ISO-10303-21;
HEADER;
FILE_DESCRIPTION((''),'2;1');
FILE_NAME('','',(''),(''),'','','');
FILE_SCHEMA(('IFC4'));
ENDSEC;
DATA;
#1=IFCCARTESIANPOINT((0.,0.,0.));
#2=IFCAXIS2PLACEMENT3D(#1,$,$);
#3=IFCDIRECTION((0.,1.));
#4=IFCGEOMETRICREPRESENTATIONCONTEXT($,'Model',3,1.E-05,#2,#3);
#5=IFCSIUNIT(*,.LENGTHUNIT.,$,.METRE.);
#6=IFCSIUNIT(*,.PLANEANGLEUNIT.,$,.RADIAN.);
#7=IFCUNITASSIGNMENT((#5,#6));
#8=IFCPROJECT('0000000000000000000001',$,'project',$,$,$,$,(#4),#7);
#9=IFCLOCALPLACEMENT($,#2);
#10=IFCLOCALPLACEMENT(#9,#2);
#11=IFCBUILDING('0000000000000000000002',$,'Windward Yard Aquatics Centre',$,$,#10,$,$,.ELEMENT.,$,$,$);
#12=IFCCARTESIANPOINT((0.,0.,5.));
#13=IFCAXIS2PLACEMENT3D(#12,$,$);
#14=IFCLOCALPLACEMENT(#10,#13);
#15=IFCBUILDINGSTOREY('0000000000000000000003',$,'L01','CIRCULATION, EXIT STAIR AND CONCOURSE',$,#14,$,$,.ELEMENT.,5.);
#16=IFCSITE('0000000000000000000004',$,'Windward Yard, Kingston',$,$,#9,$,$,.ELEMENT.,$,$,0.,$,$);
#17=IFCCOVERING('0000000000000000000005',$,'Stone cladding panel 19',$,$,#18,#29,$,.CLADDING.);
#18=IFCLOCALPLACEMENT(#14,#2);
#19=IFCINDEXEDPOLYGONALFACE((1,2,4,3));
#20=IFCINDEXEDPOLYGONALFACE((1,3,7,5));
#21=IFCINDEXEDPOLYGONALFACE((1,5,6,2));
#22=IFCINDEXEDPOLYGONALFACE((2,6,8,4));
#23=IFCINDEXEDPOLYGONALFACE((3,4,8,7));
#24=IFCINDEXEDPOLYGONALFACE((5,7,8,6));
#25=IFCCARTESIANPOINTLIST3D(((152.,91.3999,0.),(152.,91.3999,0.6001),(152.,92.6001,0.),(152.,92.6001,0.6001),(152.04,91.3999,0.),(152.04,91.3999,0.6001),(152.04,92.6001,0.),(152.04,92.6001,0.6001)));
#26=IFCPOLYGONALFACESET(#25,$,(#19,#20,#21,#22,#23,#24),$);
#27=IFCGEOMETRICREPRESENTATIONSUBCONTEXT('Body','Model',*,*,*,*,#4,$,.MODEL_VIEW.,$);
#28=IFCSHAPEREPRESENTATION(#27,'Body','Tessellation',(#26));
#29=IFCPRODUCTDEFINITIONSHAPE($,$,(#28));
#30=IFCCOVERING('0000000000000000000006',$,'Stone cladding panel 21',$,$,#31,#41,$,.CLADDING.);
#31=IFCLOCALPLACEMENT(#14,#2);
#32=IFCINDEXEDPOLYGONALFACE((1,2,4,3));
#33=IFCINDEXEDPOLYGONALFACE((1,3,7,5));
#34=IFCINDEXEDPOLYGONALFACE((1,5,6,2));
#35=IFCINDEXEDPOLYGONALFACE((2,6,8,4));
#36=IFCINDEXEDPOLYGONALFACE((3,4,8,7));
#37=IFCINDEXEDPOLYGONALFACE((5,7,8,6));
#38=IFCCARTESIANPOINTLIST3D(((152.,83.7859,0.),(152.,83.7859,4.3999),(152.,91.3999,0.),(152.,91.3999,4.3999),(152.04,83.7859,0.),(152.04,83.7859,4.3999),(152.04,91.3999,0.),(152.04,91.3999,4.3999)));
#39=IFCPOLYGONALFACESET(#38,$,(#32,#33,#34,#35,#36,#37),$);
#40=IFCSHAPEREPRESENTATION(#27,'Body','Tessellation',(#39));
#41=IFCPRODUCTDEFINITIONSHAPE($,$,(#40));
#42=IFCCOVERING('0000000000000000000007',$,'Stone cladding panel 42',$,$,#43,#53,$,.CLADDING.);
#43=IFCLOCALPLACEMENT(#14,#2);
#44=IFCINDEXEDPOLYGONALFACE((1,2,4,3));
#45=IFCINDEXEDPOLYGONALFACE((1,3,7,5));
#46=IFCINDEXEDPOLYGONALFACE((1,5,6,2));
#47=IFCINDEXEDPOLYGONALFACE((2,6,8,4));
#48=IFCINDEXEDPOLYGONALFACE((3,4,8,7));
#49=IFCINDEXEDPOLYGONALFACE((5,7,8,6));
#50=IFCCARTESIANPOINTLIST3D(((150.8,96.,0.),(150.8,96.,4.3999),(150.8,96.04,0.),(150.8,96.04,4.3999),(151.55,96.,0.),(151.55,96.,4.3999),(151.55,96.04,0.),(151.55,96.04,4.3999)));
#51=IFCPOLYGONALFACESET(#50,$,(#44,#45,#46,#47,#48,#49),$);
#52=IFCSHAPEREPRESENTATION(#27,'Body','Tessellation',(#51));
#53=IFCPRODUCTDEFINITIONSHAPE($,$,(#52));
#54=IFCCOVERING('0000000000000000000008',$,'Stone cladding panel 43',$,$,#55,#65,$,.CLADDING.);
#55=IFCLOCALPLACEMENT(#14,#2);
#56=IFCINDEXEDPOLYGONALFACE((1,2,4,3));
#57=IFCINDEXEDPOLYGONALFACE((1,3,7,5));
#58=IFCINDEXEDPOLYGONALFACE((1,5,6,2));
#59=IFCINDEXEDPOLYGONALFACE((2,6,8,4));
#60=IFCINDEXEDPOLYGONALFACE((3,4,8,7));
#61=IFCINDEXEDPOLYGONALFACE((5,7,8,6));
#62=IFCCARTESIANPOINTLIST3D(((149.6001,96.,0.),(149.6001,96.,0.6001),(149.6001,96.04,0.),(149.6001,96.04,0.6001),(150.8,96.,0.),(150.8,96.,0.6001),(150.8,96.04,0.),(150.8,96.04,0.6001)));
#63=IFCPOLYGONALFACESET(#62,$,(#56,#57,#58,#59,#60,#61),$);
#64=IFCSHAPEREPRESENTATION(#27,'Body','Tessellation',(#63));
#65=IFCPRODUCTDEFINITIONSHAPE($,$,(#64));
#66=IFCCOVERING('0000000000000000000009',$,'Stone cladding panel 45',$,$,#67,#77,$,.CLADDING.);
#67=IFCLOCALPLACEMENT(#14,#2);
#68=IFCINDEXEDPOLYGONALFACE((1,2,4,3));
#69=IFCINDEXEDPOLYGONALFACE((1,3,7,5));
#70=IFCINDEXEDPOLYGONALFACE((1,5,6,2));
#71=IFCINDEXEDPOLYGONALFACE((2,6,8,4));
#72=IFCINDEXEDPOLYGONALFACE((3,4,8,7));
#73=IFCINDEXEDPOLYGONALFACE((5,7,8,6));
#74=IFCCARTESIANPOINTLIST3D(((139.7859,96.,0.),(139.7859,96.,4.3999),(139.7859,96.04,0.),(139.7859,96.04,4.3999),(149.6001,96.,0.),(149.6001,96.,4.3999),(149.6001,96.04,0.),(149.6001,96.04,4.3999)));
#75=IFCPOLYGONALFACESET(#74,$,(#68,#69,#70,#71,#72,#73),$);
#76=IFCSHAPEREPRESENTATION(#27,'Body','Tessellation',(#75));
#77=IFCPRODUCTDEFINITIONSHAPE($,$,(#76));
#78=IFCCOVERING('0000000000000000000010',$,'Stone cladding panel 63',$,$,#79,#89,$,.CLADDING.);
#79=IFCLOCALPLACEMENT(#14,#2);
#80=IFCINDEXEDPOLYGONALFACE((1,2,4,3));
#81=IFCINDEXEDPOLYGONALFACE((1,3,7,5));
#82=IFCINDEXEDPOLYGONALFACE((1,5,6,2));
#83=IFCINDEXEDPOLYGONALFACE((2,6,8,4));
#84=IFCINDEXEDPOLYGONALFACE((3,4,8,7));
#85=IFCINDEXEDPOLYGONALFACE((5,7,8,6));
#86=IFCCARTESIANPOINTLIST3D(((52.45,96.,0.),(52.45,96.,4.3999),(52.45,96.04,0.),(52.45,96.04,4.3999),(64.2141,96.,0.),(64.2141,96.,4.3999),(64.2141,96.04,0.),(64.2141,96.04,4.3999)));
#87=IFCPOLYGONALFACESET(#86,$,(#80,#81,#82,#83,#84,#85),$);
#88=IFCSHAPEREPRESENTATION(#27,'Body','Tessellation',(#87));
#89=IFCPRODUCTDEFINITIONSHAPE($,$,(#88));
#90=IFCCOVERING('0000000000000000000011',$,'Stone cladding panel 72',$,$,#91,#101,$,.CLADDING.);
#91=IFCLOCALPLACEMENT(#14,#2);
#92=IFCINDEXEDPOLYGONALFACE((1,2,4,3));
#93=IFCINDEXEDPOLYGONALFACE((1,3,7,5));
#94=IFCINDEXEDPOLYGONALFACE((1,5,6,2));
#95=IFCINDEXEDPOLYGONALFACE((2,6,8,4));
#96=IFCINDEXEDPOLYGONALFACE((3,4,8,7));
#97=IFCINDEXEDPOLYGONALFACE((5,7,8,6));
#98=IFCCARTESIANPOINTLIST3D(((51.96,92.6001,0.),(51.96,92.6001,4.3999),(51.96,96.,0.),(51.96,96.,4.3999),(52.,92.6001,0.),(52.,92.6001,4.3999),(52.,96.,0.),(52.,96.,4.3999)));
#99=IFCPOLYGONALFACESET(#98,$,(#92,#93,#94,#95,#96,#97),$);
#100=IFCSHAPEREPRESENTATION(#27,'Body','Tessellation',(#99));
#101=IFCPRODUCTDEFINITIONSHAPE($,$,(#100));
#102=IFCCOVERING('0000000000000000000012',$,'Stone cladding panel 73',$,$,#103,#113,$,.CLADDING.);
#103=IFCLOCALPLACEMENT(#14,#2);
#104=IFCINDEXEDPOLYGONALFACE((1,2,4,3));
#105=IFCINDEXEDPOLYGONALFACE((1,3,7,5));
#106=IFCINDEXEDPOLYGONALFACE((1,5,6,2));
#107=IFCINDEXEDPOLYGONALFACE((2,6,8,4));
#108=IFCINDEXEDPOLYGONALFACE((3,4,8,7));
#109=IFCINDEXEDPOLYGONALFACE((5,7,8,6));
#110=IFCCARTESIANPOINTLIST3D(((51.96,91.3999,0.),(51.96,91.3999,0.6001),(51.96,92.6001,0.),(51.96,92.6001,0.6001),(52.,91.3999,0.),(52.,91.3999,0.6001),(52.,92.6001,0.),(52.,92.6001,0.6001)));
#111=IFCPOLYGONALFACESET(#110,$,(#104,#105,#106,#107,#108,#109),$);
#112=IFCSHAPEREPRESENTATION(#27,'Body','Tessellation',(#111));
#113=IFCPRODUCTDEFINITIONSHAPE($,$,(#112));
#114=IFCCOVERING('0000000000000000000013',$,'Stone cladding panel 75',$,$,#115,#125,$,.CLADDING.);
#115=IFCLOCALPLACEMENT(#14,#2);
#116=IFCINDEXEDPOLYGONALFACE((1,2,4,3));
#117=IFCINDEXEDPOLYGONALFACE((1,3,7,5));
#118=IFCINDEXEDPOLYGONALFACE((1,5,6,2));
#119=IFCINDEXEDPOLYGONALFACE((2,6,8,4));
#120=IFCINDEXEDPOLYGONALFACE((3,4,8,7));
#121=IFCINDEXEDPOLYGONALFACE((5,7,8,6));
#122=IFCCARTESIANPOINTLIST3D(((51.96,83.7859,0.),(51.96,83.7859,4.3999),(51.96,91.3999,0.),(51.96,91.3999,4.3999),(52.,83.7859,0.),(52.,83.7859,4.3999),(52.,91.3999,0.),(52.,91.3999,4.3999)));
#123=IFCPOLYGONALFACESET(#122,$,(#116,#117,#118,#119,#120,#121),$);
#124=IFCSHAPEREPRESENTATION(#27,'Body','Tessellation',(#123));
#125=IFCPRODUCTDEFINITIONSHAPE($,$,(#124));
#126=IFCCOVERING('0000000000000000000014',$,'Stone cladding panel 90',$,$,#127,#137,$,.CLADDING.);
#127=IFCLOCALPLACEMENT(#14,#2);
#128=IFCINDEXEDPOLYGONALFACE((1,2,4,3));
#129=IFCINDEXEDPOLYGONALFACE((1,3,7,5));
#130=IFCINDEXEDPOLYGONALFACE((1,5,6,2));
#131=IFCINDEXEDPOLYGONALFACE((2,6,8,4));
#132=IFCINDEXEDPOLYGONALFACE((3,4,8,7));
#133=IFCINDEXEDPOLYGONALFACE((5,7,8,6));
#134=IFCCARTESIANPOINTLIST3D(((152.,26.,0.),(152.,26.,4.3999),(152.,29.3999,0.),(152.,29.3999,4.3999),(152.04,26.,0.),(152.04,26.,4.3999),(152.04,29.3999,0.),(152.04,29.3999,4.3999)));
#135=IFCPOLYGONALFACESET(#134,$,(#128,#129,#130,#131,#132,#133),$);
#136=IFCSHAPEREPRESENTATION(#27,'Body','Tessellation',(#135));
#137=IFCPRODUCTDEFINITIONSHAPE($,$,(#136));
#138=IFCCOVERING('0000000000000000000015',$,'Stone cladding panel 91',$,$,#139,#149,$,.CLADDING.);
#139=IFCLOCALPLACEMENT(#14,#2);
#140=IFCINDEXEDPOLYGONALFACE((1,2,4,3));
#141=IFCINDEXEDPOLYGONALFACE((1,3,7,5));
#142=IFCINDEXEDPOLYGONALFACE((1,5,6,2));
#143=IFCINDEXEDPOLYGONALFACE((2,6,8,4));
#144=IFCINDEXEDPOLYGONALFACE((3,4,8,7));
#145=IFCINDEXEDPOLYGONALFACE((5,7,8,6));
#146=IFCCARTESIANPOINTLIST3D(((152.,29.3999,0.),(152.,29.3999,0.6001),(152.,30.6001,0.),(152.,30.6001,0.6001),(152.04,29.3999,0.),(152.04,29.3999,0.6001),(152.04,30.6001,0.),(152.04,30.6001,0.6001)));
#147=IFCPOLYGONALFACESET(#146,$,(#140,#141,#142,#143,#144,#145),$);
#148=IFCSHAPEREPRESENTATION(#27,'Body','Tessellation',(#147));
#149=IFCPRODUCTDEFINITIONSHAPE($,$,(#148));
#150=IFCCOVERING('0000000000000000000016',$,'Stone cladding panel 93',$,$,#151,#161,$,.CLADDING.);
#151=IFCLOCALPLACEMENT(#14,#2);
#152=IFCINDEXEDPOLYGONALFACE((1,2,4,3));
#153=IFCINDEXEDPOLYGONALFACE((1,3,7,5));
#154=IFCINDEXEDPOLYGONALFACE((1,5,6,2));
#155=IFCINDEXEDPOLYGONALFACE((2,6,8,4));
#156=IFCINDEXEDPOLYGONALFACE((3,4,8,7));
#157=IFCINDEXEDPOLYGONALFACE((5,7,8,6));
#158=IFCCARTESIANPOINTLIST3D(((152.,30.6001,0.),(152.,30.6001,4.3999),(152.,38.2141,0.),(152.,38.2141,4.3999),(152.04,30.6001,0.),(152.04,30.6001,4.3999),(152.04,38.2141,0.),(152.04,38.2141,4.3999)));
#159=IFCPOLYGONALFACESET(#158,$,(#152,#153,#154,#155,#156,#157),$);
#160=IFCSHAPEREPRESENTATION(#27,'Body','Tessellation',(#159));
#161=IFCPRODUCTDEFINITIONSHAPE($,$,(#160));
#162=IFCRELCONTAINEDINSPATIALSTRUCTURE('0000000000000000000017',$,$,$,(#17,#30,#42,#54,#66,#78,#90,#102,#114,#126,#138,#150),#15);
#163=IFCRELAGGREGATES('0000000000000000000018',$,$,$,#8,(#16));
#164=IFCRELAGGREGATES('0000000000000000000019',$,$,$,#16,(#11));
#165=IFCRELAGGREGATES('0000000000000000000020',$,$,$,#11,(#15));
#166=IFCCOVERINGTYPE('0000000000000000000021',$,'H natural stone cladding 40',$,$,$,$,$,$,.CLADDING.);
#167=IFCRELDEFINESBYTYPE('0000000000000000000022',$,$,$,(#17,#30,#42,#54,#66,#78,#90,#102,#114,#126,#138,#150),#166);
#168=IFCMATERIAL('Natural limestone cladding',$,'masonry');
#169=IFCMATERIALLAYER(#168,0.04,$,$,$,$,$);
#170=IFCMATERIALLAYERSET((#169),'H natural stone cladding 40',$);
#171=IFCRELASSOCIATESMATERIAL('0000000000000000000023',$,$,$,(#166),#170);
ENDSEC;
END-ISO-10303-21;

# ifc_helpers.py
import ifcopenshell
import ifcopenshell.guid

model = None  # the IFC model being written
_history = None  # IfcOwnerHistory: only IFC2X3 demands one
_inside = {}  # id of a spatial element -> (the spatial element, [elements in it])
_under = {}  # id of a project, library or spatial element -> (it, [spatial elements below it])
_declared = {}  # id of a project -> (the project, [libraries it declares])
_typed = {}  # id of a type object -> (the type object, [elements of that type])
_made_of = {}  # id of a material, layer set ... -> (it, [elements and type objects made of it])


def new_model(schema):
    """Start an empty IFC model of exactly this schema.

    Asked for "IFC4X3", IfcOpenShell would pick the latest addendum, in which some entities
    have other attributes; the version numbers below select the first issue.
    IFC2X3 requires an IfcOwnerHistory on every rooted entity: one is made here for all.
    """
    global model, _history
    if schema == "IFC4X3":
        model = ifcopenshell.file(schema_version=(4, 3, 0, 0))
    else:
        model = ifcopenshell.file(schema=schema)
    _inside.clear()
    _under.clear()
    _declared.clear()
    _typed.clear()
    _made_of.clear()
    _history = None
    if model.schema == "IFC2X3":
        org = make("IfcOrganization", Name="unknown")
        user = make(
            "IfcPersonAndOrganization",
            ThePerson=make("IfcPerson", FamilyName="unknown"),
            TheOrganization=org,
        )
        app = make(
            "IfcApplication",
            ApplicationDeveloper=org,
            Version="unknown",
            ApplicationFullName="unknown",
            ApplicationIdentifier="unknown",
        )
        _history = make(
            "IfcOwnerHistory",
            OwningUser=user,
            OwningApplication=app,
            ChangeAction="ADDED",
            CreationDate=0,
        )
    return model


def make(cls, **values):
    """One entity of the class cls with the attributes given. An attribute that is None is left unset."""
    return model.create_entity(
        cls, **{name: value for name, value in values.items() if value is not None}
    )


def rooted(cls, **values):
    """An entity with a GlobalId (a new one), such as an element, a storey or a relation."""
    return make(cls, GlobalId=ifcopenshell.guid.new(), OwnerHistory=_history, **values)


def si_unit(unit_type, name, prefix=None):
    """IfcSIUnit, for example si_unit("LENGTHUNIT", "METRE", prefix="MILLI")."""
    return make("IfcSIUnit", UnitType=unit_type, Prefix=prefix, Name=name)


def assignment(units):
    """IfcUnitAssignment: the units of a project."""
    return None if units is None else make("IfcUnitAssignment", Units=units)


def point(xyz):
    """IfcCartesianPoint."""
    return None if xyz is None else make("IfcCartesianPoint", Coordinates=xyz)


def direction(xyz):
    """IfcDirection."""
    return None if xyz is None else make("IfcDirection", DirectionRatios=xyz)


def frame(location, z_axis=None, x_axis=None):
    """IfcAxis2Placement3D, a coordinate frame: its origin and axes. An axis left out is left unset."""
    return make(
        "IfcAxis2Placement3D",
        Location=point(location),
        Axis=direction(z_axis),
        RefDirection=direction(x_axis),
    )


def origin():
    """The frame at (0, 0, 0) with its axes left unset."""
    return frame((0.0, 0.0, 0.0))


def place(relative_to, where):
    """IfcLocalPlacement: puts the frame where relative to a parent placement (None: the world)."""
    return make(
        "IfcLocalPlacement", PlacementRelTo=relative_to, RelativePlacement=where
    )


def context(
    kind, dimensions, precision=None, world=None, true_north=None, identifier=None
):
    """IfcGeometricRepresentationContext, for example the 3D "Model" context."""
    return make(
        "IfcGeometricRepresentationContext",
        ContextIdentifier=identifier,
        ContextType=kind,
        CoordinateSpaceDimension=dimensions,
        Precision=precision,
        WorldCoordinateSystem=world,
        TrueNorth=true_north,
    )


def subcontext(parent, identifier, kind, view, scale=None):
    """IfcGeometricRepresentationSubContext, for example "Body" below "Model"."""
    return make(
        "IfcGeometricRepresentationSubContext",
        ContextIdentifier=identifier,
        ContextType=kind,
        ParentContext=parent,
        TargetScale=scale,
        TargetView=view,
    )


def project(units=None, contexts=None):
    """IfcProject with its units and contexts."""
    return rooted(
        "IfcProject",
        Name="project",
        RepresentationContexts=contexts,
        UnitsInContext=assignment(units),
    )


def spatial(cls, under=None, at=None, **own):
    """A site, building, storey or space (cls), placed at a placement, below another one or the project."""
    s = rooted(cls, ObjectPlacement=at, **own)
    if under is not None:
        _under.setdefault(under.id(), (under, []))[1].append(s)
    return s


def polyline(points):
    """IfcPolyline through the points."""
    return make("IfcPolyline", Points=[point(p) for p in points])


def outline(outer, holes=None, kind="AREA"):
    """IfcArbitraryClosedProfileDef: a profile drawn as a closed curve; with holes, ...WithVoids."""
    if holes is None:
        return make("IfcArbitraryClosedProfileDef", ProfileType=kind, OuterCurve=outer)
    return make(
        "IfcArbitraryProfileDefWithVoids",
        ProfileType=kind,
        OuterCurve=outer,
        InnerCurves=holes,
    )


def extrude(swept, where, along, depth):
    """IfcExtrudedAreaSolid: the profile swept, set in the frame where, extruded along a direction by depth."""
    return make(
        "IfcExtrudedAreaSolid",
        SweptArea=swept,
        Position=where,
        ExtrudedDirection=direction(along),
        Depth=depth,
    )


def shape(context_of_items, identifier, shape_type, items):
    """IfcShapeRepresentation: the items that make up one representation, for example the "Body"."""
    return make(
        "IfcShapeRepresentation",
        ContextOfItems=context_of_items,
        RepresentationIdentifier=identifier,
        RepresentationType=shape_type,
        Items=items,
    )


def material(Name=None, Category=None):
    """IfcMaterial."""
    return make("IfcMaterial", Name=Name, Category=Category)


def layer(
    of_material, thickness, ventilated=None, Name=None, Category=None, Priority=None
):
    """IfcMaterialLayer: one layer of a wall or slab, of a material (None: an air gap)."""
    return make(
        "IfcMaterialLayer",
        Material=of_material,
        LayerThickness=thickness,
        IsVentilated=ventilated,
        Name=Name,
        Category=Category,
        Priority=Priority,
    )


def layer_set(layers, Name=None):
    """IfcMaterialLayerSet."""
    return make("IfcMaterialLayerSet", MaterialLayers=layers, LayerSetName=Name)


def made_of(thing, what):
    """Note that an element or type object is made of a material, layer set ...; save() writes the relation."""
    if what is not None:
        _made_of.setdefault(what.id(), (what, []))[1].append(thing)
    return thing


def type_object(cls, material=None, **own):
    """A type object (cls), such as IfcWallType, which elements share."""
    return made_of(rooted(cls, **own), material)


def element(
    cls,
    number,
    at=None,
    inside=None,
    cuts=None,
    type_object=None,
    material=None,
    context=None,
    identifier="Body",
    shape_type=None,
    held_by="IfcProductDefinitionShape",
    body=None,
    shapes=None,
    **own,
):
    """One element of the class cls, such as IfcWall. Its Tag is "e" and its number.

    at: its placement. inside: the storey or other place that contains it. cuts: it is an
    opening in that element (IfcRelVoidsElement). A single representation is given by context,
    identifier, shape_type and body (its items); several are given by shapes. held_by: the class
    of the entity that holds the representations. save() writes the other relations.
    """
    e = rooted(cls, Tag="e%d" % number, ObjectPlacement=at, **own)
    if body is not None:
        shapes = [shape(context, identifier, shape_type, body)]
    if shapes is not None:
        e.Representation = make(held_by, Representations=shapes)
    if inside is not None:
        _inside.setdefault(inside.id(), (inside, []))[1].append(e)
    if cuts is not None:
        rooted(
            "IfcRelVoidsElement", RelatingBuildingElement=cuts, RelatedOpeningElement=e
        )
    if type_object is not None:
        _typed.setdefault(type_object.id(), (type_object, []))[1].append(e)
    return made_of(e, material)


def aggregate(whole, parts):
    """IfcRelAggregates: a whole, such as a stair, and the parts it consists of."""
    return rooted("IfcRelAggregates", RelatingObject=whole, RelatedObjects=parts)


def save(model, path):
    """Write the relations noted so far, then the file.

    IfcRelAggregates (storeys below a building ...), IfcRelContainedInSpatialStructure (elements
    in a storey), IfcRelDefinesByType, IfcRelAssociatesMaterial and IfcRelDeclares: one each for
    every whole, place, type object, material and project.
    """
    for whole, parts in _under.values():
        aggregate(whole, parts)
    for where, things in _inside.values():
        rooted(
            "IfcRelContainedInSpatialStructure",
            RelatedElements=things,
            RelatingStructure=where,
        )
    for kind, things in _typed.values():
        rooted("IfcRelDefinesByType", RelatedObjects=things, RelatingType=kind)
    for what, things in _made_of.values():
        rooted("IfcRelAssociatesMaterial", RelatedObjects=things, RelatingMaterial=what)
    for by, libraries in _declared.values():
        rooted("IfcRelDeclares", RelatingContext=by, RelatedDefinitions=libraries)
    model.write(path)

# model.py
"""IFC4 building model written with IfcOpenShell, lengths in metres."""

from ifc_helpers import new_model, si_unit, direction, frame, origin, place, context, subcontext, project, spatial, polyline, outline, extrude, material, layer, layer_set, type_object, element, save


model = new_model("IFC4")

# Units and contexts
model_context = context("Model", 3, precision=1e-05, world=origin(), true_north=direction((0.0, 1.0)))
body_context = subcontext(model_context, "Body", "Model", "MODEL_VIEW")
ifc_project = project(units=[si_unit("LENGTHUNIT", "METRE"), si_unit("PLANEANGLEUNIT", "RADIAN")], contexts=[model_context])

# Site, building, storey
site_placement = place(None, origin())
site = spatial("IfcSite", under=ifc_project, at=site_placement, Name="Windward Yard, Kingston", CompositionType="ELEMENT", RefElevation=0.0)
building_placement = place(site_placement, origin())
building = spatial("IfcBuilding", under=site, at=building_placement, Name="Windward Yard Aquatics Centre", CompositionType="ELEMENT")
storey_placement = place(building_placement, frame((0.0, 0.0, 5.0)))
storey = spatial("IfcBuildingStorey", under=building, at=storey_placement, Name="L01", Description="CIRCULATION, EXIT STAIR AND CONCOURSE", CompositionType="ELEMENT", Elevation=5.0)

# Coverings
ifc_material_1 = material(Name="Natural limestone cladding", Category="masonry")
ifc_layer_1 = layer(ifc_material_1, 0.04)
ifc_layer_set_1 = layer_set([ifc_layer_1], Name="H natural stone cladding 40")
covering_type_1 = type_object("IfcCoveringType", Name="H natural stone cladding 40", PredefinedType="CLADDING", material=ifc_layer_set_1)
covering_1_placement = place(storey_placement, origin())
element("IfcCovering", 1, at=covering_1_placement, inside=storey, type_object=covering_type_1, Name="Stone cladding panel 19", PredefinedType="CLADDING", context=body_context, shape_type="SweptSolid", body=[
    extrude(outline(polyline([(152.0, 91.3999), (152.04, 91.3999), (152.04, 92.6001), (152.0, 92.6001), (152.0, 91.3999)])), origin(), (0.0, 0.0, 1.0), 0.6001),
])
covering_2_placement = place(storey_placement, origin())
element("IfcCovering", 2, at=covering_2_placement, inside=storey, type_object=covering_type_1, Name="Stone cladding panel 21", PredefinedType="CLADDING", context=body_context, shape_type="SweptSolid", body=[
    extrude(outline(polyline([(152.0, 83.7859), (152.04, 83.7859), (152.04, 91.3999), (152.0, 91.3999), (152.0, 83.7859)])), origin(), (0.0, 0.0, 1.0), 4.3999),
])
covering_3_placement = place(storey_placement, origin())
element("IfcCovering", 3, at=covering_3_placement, inside=storey, type_object=covering_type_1, Name="Stone cladding panel 42", PredefinedType="CLADDING", context=body_context, shape_type="SweptSolid", body=[
    extrude(outline(polyline([(150.8, 96.0), (150.8, 96.04), (151.55, 96.04), (151.55, 96.0), (150.8, 96.0)])), origin(), (0.0, 0.0, 1.0), 4.3999),
])
covering_4_placement = place(storey_placement, origin())
element("IfcCovering", 4, at=covering_4_placement, inside=storey, type_object=covering_type_1, Name="Stone cladding panel 43", PredefinedType="CLADDING", context=body_context, shape_type="SweptSolid", body=[
    extrude(outline(polyline([(149.6001, 96.0), (149.6001, 96.04), (150.8, 96.04), (150.8, 96.0), (149.6001, 96.0)])), origin(), (0.0, 0.0, 1.0), 0.6001),
])
covering_5_placement = place(storey_placement, origin())
element("IfcCovering", 5, at=covering_5_placement, inside=storey, type_object=covering_type_1, Name="Stone cladding panel 45", PredefinedType="CLADDING", context=body_context, shape_type="SweptSolid", body=[
    extrude(outline(polyline([(139.7859, 96.0), (139.7859, 96.04), (149.6001, 96.04), (149.6001, 96.0), (139.7859, 96.0)])), origin(), (0.0, 0.0, 1.0), 4.3999),
])
covering_6_placement = place(storey_placement, origin())
element("IfcCovering", 6, at=covering_6_placement, inside=storey, type_object=covering_type_1, Name="Stone cladding panel 63", PredefinedType="CLADDING", context=body_context, shape_type="SweptSolid", body=[
    extrude(outline(polyline([(52.45, 96.0), (64.2141, 96.0), (64.2141, 96.04), (52.45, 96.04), (52.45, 96.0)])), origin(), (0.0, 0.0, 1.0), 4.3999),
])
covering_7_placement = place(storey_placement, origin())
element("IfcCovering", 7, at=covering_7_placement, inside=storey, type_object=covering_type_1, Name="Stone cladding panel 72", PredefinedType="CLADDING", context=body_context, shape_type="SweptSolid", body=[
    extrude(outline(polyline([(51.96, 92.6001), (51.96, 96.0), (52.0, 96.0), (52.0, 92.6001), (51.96, 92.6001)])), origin(), (0.0, 0.0, 1.0), 4.3999),
])
covering_8_placement = place(storey_placement, origin())
element("IfcCovering", 8, at=covering_8_placement, inside=storey, type_object=covering_type_1, Name="Stone cladding panel 73", PredefinedType="CLADDING", context=body_context, shape_type="SweptSolid", body=[
    extrude(outline(polyline([(51.96, 91.3999), (51.96, 92.6001), (52.0, 92.6001), (52.0, 91.3999), (51.96, 91.3999)])), origin(), (0.0, 0.0, 1.0), 0.6001),
])
covering_9_placement = place(storey_placement, origin())
element("IfcCovering", 9, at=covering_9_placement, inside=storey, type_object=covering_type_1, Name="Stone cladding panel 75", PredefinedType="CLADDING", context=body_context, shape_type="SweptSolid", body=[
    extrude(outline(polyline([(51.96, 83.7859), (51.96, 91.3999), (52.0, 91.3999), (52.0, 83.7859), (51.96, 83.7859)])), origin(), (0.0, 0.0, 1.0), 4.3999),
])
covering_10_placement = place(storey_placement, origin())
element("IfcCovering", 10, at=covering_10_placement, inside=storey, type_object=covering_type_1, Name="Stone cladding panel 90", PredefinedType="CLADDING", context=body_context, shape_type="SweptSolid", body=[
    extrude(outline(polyline([(152.0, 26.0), (152.0, 29.3999), (152.04, 29.3999), (152.04, 26.0), (152.0, 26.0)])), origin(), (0.0, 0.0, 1.0), 4.3999),
])
covering_11_placement = place(storey_placement, origin())
element("IfcCovering", 11, at=covering_11_placement, inside=storey, type_object=covering_type_1, Name="Stone cladding panel 91", PredefinedType="CLADDING", context=body_context, shape_type="SweptSolid", body=[
    extrude(outline(polyline([(152.0, 29.3999), (152.0, 30.6001), (152.04, 30.6001), (152.04, 29.3999), (152.0, 29.3999)])), origin(), (0.0, 0.0, 1.0), 0.6001),
])
covering_12_placement = place(storey_placement, origin())
element("IfcCovering", 12, at=covering_12_placement, inside=storey, type_object=covering_type_1, Name="Stone cladding panel 93", PredefinedType="CLADDING", context=body_context, shape_type="SweptSolid", body=[
    extrude(outline(polyline([(152.0, 30.6001), (152.0, 38.2141), (152.04, 38.2141), (152.04, 30.6001), (152.0, 30.6001)])), origin(), (0.0, 0.0, 1.0), 4.3999),
])

save(model, "model.ifc")
